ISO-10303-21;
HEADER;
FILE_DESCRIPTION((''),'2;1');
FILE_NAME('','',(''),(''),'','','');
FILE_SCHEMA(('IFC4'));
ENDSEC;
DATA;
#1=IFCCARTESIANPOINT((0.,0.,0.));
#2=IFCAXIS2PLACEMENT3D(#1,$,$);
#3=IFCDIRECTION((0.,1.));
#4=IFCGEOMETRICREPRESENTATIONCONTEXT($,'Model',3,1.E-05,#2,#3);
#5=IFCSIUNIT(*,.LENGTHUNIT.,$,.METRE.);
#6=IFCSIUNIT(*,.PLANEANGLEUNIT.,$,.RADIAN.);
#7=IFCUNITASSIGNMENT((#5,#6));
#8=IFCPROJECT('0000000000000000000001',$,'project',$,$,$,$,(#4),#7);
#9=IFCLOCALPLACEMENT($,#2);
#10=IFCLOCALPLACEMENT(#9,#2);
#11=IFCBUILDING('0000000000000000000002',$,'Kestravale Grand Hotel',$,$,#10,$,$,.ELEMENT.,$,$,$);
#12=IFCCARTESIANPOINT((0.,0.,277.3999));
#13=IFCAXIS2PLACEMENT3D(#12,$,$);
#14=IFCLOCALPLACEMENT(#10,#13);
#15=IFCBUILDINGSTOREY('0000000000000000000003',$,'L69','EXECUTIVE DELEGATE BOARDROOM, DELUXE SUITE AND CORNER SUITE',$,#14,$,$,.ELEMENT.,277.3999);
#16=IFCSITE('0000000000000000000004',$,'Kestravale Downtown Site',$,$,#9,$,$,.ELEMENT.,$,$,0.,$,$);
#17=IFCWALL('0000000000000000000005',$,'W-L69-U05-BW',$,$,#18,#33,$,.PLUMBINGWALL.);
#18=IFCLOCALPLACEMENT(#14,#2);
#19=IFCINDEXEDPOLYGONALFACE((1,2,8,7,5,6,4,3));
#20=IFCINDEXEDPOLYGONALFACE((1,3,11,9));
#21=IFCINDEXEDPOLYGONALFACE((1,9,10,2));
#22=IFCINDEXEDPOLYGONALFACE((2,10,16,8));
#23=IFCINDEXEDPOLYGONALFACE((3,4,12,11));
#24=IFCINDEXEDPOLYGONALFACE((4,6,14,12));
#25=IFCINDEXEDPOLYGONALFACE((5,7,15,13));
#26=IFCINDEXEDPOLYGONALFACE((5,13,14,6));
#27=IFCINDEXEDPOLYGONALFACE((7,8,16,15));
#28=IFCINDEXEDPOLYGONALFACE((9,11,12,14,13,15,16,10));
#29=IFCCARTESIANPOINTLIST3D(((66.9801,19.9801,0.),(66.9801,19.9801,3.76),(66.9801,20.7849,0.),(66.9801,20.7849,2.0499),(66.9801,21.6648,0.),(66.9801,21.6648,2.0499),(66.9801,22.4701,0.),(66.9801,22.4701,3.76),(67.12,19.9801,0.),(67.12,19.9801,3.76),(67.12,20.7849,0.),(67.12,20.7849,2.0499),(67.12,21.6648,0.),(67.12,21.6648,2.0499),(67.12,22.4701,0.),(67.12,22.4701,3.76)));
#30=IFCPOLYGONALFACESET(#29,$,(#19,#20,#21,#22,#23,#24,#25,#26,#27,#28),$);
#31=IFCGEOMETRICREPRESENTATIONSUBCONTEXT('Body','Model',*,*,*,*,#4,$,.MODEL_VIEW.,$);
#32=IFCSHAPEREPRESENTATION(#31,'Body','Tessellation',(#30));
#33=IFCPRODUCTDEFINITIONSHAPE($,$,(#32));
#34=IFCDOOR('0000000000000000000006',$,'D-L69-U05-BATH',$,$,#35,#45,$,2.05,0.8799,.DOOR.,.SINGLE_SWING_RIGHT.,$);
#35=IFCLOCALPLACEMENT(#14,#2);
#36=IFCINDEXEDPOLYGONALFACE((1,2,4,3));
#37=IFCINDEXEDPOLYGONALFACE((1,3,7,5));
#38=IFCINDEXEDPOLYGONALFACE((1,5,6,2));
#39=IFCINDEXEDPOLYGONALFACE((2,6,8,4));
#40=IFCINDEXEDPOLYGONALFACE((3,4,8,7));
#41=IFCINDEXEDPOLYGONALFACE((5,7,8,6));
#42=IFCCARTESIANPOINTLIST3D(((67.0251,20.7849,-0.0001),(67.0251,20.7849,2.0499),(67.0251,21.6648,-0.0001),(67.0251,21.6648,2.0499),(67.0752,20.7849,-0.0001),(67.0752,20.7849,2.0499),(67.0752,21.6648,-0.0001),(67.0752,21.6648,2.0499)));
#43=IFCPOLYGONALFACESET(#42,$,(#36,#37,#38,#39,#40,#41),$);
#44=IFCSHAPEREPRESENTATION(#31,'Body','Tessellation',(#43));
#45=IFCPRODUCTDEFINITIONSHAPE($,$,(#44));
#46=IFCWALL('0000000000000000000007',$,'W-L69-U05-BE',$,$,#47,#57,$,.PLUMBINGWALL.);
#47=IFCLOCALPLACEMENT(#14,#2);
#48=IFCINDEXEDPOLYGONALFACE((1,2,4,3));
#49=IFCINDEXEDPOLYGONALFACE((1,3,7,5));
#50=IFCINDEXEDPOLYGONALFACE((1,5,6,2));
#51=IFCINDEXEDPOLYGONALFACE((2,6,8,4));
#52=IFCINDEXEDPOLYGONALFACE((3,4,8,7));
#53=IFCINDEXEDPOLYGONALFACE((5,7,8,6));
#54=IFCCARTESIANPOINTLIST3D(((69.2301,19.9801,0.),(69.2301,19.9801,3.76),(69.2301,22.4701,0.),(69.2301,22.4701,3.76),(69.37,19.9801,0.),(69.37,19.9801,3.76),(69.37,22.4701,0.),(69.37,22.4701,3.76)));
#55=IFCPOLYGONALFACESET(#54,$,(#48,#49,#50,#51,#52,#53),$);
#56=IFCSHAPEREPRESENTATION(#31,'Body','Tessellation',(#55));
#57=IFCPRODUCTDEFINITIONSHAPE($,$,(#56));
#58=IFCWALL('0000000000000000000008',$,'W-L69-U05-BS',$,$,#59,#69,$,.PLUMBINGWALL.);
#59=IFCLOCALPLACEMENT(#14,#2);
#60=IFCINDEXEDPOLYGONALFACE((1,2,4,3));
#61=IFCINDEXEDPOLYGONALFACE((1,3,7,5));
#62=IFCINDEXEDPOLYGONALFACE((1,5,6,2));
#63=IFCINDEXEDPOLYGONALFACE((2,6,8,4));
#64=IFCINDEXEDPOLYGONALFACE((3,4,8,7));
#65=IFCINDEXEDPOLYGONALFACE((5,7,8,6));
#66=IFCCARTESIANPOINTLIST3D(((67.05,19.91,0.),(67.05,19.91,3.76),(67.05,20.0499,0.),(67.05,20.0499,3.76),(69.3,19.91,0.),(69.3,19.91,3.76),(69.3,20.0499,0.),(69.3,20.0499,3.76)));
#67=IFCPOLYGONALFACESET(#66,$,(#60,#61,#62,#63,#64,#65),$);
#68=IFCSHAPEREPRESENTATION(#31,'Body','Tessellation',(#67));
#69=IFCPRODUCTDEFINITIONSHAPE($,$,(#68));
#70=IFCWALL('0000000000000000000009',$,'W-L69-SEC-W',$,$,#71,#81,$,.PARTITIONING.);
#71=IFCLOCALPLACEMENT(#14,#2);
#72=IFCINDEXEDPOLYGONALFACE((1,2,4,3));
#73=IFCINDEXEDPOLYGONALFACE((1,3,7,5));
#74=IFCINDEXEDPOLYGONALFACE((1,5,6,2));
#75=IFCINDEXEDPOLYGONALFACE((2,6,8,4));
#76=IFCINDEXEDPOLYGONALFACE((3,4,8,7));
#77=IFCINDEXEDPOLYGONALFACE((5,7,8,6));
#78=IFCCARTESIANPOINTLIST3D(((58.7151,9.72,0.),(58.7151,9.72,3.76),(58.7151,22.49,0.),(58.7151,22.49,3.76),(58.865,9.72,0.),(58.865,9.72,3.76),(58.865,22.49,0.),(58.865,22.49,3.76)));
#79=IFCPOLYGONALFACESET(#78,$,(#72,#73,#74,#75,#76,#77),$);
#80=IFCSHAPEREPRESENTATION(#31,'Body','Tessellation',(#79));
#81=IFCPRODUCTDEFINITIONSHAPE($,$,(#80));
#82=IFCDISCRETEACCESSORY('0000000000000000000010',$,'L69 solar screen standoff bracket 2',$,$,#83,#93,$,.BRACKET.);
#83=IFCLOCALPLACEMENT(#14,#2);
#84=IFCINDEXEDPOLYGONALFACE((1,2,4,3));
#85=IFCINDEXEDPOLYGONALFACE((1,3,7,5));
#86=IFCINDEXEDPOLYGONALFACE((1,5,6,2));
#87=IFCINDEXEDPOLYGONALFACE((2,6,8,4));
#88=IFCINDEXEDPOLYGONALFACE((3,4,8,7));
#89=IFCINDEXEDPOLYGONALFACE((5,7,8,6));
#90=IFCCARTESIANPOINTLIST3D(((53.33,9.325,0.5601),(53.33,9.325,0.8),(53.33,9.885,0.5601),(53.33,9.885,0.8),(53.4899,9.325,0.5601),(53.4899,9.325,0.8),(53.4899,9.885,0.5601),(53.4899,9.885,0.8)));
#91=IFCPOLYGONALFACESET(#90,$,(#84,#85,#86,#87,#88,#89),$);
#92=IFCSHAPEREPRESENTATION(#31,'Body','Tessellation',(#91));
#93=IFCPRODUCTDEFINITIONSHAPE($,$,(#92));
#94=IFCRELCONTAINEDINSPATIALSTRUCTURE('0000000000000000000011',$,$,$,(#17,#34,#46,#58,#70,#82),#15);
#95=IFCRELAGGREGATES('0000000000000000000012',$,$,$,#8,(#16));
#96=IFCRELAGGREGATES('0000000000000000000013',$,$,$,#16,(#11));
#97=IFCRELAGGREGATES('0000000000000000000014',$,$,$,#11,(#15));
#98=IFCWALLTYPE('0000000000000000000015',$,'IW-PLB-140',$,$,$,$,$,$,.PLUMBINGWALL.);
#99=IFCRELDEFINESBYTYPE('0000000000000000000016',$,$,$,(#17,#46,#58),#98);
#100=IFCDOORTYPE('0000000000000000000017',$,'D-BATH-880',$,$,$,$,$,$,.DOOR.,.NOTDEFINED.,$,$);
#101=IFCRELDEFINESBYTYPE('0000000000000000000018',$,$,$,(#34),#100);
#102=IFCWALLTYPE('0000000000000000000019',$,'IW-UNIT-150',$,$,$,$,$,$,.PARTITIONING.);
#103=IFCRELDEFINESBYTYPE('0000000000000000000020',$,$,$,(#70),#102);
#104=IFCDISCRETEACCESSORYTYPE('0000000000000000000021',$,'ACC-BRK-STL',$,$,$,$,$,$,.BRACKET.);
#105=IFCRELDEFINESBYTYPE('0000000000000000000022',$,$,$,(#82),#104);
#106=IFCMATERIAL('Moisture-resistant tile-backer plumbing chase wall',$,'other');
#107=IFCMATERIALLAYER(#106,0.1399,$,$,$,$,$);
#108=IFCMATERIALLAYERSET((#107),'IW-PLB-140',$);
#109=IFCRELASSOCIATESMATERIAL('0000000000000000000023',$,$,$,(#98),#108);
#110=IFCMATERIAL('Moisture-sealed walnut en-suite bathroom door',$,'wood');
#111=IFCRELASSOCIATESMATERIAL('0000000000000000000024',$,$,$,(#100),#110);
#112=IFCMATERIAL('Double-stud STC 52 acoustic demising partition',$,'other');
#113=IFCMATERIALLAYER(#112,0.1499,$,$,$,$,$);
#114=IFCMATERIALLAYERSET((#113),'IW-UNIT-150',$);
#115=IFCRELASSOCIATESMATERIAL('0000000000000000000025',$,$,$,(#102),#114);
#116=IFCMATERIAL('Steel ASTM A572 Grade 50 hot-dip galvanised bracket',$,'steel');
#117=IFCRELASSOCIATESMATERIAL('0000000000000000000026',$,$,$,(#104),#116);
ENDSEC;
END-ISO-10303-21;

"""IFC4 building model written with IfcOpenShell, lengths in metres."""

from ifc_helpers import new_model, si_unit, direction, frame, frame_2d, origin, origin_2d, place, context, subcontext, project, spatial, rectangle, extrude, material, layer, layer_set, type_object, element, fill, save


model = new_model("IFC4")

# Units and contexts
model_context = context("Model", 3, precision=1e-05, world=origin(), true_north=direction((0.0, 1.0)))
body_context = subcontext(model_context, "Body", "Model", "MODEL_VIEW")
ifc_project = project(units=[si_unit("LENGTHUNIT", "METRE"), si_unit("PLANEANGLEUNIT", "RADIAN")], contexts=[model_context])

# Site, building, storey
site_placement = place(None, origin())
site = spatial("IfcSite", under=ifc_project, at=site_placement, Name="Kestravale Downtown Site", CompositionType="ELEMENT", RefElevation=0.0)
building_placement = place(site_placement, origin())
building = spatial("IfcBuilding", under=site, at=building_placement, Name="Kestravale Grand Hotel", CompositionType="ELEMENT")
storey_placement = place(building_placement, frame((0.0, 0.0, 277.3999)))
storey = spatial("IfcBuildingStorey", under=building, at=storey_placement, Name="L69", Description="EXECUTIVE DELEGATE BOARDROOM, DELUXE SUITE AND CORNER SUITE", CompositionType="ELEMENT", Elevation=277.3999)

# Wall, opening, door
ifc_material_1 = material(Name="Moisture-resistant tile-backer plumbing chase wall", Category="other")
ifc_layer_1 = layer(ifc_material_1, 0.1399)
ifc_layer_set_1 = layer_set([ifc_layer_1], Name="IW-PLB-140")
wall_type_1 = type_object("IfcWallType", Name="IW-PLB-140", PredefinedType="PLUMBINGWALL", material=ifc_layer_set_1)
wall_1_placement = place(storey_placement, frame((67.05, 19.98, 0.0), z_axis=(0.0, 0.0, 1.0), x_axis=(0.0, 1.0, 0.0)))
wall_1 = element("IfcWall", 1, at=wall_1_placement, inside=storey, type_object=wall_type_1, Name="W-L69-U05-BW", PredefinedType="PLUMBINGWALL", context=body_context, shape_type="SweptSolid", body=[
    extrude(rectangle(XDim=2.49, YDim=0.1399, at=frame_2d((1.2451, 0.0))), origin(), (0.0, 0.0, 1.0), 3.76),
])
opening_1_placement = place(wall_1_placement, frame((0.8049, 0.0, 0.0)))
opening_1 = element("IfcOpeningElement", 2, at=opening_1_placement, cuts=wall_1, PredefinedType="OPENING", context=body_context, shape_type="SweptSolid", body=[
    extrude(rectangle(XDim=0.8799, YDim=2.05, at=frame_2d((0.4399, 1.0249))), frame((0.0, 0.0798, 0.0), z_axis=(0.0, -1.0, 0.0), x_axis=(1.0, 0.0, 0.0)), (0.0, 0.0, 1.0), 0.1599),
])
ifc_material_2 = material(Name="Moisture-sealed walnut en-suite bathroom door", Category="wood")
door_type = type_object("IfcDoorType", Name="D-BATH-880", OperationType="NOTDEFINED", PredefinedType="DOOR", material=ifc_material_2)
door_placement = place(opening_1_placement, origin())
door = element("IfcDoor", 3, at=door_placement, inside=storey, type_object=door_type, Name="D-L69-U05-BATH", OperationType="SINGLE_SWING_RIGHT", OverallHeight=2.05, OverallWidth=0.8799, PredefinedType="DOOR", context=body_context, shape_type="SweptSolid", body=[
    extrude(rectangle(XDim=0.8799, YDim=2.05, at=frame_2d((0.4399, 1.0249))), frame((0.0, 0.0249, 0.0), z_axis=(0.0, -1.0, 0.0), x_axis=(1.0, 0.0, 0.0)), (0.0, 0.0, 1.0), 0.05),
])
fill(opening_1, door)

# Walls
wall_2_placement = place(storey_placement, frame((69.3, 19.98, 0.0), z_axis=(0.0, 0.0, 1.0), x_axis=(0.0, 1.0, 0.0)))
element("IfcWall", 4, at=wall_2_placement, inside=storey, type_object=wall_type_1, Name="W-L69-U05-BE", PredefinedType="PLUMBINGWALL", context=body_context, shape_type="SweptSolid", body=[
    extrude(rectangle(XDim=2.49, YDim=0.1399, at=frame_2d((1.2451, 0.0))), origin(), (0.0, 0.0, 1.0), 3.76),
])
wall_3_placement = place(storey_placement, frame((67.05, 19.98, 0.0), z_axis=(0.0, 0.0, 1.0), x_axis=(1.0, 0.0, 0.0)))
element("IfcWall", 5, at=wall_3_placement, inside=storey, type_object=wall_type_1, Name="W-L69-U05-BS", PredefinedType="PLUMBINGWALL", context=body_context, shape_type="SweptSolid", body=[
    extrude(rectangle(XDim=2.25, YDim=0.1399, at=frame_2d((1.125, 0.0))), origin(), (0.0, 0.0, 1.0), 3.76),
])
ifc_material_3 = material(Name="Double-stud STC 52 acoustic demising partition", Category="other")
ifc_layer_2 = layer(ifc_material_3, 0.1499)
ifc_layer_set_2 = layer_set([ifc_layer_2], Name="IW-UNIT-150")
wall_type_2 = type_object("IfcWallType", Name="IW-UNIT-150", PredefinedType="PARTITIONING", material=ifc_layer_set_2)
wall_4_placement = place(storey_placement, frame((58.79, 9.72, 0.0), z_axis=(0.0, 0.0, 1.0), x_axis=(0.0, 1.0, 0.0)))
element("IfcWall", 6, at=wall_4_placement, inside=storey, type_object=wall_type_2, Name="W-L69-SEC-W", PredefinedType="PARTITIONING", context=body_context, shape_type="SweptSolid", body=[
    extrude(rectangle(XDim=12.77, YDim=0.1499, at=frame_2d((6.385, 0.0))), origin(), (0.0, 0.0, 1.0), 3.76),
])

# Discrete accessory
ifc_material_4 = material(Name="Steel ASTM A572 Grade 50 hot-dip galvanised bracket", Category="steel")
discrete_accessory_type = type_object("IfcDiscreteAccessoryType", Name="ACC-BRK-STL", PredefinedType="BRACKET", material=ifc_material_4)
discrete_accessory_placement = place(storey_placement, frame((53.4099, 9.605, 0.5601), z_axis=(0.0, 0.0, 1.0), x_axis=(1.0, 0.0, 0.0)))
element("IfcDiscreteAccessory", 7, at=discrete_accessory_placement, inside=storey, type_object=discrete_accessory_type, Name="L69 solar screen standoff bracket 2", PredefinedType="BRACKET", context=body_context, shape_type="SweptSolid", body=[
    extrude(rectangle(XDim=0.1599, YDim=0.5601, at=origin_2d()), origin(), (0.0, 0.0, 1.0), 0.24),
])

save(model, "model.ifc")
